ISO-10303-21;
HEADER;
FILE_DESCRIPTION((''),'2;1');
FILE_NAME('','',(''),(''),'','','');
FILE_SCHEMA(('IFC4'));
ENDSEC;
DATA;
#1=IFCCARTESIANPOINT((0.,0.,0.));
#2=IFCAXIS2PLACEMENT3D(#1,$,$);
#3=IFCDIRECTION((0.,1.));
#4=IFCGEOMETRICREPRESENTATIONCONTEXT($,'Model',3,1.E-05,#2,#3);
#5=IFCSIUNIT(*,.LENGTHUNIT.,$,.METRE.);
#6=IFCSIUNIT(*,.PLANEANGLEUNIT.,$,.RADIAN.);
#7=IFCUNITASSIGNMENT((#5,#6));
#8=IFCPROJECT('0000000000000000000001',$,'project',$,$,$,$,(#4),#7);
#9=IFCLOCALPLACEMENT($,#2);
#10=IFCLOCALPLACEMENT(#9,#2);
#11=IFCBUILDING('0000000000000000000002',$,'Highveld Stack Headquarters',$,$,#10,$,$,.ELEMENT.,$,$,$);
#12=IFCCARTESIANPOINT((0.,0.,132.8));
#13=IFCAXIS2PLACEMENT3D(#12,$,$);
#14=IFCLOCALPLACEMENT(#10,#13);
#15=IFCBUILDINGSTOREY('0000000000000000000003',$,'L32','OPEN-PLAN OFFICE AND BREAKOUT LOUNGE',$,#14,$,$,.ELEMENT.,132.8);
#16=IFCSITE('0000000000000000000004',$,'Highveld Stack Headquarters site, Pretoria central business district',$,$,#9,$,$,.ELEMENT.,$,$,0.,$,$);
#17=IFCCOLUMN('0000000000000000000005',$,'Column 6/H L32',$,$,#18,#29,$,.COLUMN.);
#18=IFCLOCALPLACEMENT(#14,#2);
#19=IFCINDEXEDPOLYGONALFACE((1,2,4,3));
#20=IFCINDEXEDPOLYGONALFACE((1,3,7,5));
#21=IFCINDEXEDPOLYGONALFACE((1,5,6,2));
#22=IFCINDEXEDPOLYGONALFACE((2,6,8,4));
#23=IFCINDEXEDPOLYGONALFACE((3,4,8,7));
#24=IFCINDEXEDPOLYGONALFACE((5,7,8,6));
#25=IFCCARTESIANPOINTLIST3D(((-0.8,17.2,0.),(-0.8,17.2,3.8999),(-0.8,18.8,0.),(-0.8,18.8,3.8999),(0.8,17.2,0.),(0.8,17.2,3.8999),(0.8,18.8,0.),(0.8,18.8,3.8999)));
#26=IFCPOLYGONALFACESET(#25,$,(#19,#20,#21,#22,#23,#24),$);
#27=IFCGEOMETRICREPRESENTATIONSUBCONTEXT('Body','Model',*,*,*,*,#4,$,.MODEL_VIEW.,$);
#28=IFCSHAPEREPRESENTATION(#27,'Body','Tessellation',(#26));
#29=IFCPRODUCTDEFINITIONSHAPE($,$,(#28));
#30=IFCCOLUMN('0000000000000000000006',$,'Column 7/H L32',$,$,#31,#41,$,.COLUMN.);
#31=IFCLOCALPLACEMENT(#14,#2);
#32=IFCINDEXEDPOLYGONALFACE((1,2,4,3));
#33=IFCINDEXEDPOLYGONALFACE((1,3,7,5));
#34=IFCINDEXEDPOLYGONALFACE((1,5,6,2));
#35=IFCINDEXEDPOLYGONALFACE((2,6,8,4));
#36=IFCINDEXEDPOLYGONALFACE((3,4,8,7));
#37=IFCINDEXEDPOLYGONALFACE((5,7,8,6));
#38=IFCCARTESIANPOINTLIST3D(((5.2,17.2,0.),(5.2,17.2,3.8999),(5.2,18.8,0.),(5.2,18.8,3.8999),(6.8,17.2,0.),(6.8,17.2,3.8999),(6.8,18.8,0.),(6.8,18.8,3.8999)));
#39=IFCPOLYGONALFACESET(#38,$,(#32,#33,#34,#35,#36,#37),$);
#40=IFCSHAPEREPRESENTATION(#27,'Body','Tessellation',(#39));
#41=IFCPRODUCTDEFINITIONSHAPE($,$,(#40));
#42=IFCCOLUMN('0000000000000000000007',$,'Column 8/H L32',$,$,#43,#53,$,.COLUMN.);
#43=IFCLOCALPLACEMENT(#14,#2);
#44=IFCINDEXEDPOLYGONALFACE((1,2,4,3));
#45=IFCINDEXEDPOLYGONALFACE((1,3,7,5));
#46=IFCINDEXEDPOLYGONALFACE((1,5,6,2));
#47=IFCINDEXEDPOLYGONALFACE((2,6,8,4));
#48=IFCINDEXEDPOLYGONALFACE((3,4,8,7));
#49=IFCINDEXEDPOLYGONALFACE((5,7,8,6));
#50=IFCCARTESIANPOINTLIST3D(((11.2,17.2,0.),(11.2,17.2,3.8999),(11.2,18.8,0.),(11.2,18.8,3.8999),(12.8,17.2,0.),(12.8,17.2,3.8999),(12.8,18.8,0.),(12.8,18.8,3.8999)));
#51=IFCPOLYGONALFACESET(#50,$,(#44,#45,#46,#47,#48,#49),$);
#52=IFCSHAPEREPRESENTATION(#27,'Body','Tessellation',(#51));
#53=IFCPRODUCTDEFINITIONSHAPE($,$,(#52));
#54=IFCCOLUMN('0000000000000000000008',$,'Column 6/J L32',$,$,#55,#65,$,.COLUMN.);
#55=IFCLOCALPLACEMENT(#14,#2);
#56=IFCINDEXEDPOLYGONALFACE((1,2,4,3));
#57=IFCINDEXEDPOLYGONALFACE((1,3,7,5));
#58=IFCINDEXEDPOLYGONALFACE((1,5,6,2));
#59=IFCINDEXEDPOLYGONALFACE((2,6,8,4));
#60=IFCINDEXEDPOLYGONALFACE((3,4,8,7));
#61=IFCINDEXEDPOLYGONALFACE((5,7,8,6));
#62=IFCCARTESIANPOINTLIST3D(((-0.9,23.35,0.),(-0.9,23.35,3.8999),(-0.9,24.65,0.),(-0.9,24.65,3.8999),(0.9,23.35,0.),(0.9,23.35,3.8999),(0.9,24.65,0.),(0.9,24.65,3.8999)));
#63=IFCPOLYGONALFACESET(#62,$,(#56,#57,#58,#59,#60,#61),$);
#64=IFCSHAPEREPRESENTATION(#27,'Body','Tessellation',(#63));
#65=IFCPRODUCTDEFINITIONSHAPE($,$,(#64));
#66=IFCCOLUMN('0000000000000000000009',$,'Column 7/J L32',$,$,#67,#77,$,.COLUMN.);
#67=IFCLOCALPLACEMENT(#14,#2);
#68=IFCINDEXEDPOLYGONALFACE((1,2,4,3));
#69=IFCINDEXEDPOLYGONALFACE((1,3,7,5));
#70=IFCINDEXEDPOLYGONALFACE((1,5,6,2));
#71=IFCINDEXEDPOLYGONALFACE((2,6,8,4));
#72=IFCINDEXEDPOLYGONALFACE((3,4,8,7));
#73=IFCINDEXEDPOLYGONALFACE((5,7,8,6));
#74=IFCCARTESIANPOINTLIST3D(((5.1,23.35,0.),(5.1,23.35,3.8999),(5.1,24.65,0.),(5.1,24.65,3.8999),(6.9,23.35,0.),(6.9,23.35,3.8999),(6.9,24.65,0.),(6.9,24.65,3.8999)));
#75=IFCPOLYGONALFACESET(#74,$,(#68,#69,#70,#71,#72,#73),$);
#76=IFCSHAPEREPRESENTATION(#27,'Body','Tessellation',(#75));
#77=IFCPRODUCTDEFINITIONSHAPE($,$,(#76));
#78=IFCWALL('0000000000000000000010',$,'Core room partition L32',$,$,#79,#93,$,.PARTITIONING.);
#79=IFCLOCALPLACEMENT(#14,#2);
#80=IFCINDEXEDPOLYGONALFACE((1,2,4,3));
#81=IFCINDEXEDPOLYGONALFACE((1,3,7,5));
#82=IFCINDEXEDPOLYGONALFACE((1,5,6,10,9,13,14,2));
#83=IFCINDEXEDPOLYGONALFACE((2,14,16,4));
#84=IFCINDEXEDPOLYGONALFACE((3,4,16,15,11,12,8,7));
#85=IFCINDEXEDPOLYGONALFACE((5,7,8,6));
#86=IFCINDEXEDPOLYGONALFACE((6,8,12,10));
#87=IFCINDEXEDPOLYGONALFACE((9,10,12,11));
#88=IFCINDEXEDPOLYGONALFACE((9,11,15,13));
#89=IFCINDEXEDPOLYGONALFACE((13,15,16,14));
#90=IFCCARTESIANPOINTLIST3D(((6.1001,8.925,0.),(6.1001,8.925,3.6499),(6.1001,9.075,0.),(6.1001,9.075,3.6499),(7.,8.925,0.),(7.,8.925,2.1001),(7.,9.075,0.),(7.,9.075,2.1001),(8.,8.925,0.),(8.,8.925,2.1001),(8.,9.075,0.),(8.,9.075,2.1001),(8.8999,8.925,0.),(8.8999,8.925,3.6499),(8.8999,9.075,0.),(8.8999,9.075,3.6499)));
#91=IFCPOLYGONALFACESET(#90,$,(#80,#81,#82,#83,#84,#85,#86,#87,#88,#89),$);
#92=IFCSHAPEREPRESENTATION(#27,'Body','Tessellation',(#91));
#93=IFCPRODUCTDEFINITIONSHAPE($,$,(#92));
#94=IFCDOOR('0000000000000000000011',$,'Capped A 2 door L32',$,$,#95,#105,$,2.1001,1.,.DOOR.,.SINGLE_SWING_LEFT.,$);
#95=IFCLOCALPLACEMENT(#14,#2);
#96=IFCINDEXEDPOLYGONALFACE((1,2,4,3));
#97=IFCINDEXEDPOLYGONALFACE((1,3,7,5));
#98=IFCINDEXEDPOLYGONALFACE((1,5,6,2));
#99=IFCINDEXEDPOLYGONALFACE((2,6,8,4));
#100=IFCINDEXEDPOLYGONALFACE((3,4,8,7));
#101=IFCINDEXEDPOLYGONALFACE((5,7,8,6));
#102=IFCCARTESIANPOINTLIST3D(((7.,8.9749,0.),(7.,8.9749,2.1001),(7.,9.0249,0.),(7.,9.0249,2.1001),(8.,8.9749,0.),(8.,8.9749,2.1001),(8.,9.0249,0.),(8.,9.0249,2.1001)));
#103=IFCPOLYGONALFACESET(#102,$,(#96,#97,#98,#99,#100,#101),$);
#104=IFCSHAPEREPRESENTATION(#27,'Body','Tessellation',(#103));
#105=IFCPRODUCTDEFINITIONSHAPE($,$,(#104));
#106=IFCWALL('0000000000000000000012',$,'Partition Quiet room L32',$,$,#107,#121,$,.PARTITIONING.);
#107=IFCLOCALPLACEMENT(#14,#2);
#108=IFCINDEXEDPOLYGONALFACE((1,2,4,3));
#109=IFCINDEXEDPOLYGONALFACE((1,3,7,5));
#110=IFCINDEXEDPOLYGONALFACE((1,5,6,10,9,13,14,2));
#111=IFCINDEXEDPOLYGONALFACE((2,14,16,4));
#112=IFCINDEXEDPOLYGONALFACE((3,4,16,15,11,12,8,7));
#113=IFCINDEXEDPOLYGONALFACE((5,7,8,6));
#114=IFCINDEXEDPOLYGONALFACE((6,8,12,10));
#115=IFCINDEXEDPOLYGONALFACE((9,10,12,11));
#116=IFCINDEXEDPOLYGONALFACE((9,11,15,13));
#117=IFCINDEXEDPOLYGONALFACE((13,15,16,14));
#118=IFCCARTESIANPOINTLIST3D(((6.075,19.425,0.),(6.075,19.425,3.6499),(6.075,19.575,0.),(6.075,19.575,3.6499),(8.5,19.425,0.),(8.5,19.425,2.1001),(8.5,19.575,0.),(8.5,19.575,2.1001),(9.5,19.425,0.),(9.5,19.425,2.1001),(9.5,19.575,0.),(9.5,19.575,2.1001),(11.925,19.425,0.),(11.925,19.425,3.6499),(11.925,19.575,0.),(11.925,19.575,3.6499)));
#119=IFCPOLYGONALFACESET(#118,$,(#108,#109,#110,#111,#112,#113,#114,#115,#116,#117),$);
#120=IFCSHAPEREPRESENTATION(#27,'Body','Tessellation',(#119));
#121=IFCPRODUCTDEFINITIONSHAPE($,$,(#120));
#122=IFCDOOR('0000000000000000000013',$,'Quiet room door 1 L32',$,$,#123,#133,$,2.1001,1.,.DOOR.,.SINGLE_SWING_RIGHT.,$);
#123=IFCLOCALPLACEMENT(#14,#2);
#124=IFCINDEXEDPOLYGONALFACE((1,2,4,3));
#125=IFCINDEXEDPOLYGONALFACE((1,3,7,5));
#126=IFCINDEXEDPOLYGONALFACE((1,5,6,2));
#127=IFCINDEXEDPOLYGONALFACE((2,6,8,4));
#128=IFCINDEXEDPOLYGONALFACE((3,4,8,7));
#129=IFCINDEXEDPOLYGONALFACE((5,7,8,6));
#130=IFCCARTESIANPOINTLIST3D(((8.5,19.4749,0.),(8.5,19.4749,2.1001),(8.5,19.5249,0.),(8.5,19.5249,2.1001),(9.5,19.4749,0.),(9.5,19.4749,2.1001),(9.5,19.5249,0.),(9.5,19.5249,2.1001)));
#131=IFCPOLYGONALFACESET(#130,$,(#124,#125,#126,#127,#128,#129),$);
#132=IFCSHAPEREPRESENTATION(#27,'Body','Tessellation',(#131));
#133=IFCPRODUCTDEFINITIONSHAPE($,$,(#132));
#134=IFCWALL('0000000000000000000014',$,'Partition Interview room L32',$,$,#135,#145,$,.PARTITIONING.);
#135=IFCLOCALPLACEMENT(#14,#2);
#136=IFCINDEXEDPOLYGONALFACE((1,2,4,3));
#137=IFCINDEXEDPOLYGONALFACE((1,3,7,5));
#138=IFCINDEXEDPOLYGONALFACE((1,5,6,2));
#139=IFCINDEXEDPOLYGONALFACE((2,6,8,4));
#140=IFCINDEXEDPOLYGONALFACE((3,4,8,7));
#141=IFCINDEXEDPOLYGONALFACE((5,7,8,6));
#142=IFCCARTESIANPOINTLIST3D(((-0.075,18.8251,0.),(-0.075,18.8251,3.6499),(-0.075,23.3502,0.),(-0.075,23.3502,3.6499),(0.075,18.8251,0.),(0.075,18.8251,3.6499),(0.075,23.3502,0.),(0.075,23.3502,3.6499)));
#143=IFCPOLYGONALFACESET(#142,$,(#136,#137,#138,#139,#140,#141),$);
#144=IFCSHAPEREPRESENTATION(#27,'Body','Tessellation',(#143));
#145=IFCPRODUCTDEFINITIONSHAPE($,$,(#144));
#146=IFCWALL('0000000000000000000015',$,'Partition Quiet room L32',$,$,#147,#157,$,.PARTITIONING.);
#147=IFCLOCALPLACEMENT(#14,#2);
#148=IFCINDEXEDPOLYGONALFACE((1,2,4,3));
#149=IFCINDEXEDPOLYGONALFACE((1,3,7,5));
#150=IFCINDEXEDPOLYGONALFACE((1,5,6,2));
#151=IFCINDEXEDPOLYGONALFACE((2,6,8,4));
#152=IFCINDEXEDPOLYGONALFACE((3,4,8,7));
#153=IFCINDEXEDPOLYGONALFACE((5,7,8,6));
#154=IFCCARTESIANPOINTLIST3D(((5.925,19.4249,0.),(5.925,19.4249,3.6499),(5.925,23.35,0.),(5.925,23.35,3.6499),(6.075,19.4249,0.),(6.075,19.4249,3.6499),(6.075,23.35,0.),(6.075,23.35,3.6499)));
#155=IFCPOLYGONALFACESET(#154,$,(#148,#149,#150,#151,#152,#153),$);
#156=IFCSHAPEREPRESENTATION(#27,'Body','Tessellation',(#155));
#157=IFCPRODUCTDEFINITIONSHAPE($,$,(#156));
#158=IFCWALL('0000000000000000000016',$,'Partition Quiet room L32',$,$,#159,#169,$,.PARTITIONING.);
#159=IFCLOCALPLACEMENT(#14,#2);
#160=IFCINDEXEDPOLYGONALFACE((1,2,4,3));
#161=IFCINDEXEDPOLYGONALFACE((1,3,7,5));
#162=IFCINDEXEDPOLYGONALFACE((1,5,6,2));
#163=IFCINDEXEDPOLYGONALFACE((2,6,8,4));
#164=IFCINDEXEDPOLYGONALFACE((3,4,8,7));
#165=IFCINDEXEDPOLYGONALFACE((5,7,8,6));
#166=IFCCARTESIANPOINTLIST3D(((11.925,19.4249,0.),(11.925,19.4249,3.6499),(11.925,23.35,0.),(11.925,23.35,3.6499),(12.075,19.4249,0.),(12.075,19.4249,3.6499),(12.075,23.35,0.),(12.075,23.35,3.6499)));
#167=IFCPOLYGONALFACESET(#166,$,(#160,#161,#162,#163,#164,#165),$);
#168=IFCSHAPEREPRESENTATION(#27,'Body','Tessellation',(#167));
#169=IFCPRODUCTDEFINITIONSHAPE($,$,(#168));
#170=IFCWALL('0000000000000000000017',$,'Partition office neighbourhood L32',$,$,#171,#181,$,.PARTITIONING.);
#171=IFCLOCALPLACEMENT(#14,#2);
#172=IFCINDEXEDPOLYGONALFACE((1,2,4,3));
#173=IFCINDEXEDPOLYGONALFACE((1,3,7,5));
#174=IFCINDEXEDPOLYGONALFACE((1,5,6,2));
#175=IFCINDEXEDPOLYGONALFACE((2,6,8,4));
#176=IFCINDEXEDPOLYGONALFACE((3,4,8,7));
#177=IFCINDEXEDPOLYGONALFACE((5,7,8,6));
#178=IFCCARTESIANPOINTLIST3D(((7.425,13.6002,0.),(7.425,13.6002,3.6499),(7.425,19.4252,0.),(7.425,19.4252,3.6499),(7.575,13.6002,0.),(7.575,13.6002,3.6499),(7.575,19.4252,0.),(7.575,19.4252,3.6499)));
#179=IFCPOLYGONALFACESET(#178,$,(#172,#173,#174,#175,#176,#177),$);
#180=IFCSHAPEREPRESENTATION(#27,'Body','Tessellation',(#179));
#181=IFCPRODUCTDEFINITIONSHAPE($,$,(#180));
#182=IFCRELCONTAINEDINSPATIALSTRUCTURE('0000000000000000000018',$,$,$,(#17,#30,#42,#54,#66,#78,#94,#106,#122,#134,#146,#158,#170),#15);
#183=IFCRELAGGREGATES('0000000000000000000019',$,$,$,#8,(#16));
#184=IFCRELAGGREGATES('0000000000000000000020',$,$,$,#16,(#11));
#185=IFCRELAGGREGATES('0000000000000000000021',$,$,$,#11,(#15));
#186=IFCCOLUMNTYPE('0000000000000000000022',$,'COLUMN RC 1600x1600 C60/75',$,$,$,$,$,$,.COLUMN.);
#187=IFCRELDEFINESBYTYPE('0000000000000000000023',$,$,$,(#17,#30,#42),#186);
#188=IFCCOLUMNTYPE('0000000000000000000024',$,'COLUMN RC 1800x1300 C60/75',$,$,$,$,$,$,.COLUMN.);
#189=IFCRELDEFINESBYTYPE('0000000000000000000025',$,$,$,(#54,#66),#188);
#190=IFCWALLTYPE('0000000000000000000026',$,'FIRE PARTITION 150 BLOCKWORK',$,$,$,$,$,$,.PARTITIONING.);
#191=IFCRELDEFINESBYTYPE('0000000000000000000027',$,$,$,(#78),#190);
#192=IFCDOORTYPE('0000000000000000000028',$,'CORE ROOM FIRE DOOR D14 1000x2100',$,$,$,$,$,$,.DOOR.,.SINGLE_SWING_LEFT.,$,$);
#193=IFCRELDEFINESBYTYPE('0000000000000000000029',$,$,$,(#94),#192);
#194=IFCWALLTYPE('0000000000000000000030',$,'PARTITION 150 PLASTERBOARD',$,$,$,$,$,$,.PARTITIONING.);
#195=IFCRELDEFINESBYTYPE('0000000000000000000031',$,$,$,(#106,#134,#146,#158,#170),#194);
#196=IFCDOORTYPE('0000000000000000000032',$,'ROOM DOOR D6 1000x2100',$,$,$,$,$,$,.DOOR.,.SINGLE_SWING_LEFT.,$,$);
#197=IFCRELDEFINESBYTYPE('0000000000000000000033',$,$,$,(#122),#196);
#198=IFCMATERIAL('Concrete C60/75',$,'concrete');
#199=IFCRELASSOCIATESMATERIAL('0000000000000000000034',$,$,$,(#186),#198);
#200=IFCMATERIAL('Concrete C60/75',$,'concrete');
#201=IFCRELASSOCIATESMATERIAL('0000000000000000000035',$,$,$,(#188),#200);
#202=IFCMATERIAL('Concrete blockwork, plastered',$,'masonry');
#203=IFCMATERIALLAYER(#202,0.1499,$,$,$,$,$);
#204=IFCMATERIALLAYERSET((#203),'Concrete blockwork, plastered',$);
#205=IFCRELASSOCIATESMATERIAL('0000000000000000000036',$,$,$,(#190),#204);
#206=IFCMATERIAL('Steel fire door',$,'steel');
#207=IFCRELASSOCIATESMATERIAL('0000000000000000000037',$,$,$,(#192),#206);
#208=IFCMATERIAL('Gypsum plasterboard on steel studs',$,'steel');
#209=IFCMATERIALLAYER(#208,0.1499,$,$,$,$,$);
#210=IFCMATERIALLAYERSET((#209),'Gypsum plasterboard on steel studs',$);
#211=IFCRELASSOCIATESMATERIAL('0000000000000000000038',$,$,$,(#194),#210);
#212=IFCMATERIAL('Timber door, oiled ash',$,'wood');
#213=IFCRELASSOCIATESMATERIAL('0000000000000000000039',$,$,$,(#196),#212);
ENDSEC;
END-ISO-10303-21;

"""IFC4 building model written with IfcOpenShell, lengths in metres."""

from ifc_helpers import new_model, si_unit, direction, frame, frame_2d, origin, origin_2d, place, context, subcontext, project, spatial, rectangle, extrude, material, layer, layer_set, material_profile, profile_set, type_object, element, fill, save


model = new_model("IFC4")

# Units and contexts
model_context = context("Model", 3, precision=1e-05, world=origin(), true_north=direction((0.0, 1.0)))
body_context = subcontext(model_context, "Body", "Model", "MODEL_VIEW")
ifc_project = project(units=[si_unit("LENGTHUNIT", "METRE"), si_unit("PLANEANGLEUNIT", "RADIAN")], contexts=[model_context])

# Site, building, storey
site_placement = place(None, origin())
site = spatial("IfcSite", under=ifc_project, at=site_placement, Name="Highveld Stack Headquarters site, Pretoria central business district", CompositionType="ELEMENT", RefElevation=0.0)
building_placement = place(site_placement, origin())
building = spatial("IfcBuilding", under=site, at=building_placement, Name="Highveld Stack Headquarters", CompositionType="ELEMENT")
storey_placement = place(building_placement, frame((0.0, 0.0, 132.8)))
storey = spatial("IfcBuildingStorey", under=building, at=storey_placement, Name="L32", Description="OPEN-PLAN OFFICE AND BREAKOUT LOUNGE", CompositionType="ELEMENT", Elevation=132.8)

# Columns
ifc_material_1 = material(Name="Concrete C60/75", Category="concrete")
ifc_material_profile_1 = material_profile(ifc_material_1, rectangle(XDim=1.6001, YDim=1.6001, at=origin_2d()), Name="RC 1600x1600")
ifc_profile_set_1 = profile_set([ifc_material_profile_1], Name="Concrete C60/75")
column_type_1 = type_object("IfcColumnType", Name="COLUMN RC 1600x1600 C60/75", PredefinedType="COLUMN", material=ifc_profile_set_1)
for number, where, z_axis, x_axis, name in (
    (1, (0.0, 18.0, 0.0), (0.0, 0.0, 1.0), (1.0, 0.0, 0.0), "Column 6/H L32"),
    (2, (6.0, 18.0, 0.0), (0.0, 0.0, 1.0), (1.0, 0.0, 0.0), "Column 7/H L32"),
    (3, (12.0, 18.0, 0.0), (0.0, 0.0, 1.0), (1.0, 0.0, 0.0), "Column 8/H L32"),
):
    element("IfcColumn", number, at=place(storey_placement, frame(where, z_axis=z_axis, x_axis=x_axis)), inside=storey, type_object=column_type_1, Name=name, PredefinedType="COLUMN", context=body_context, shape_type="SweptSolid", body=[
        extrude(rectangle(XDim=1.6001, YDim=1.6001, at=origin_2d()), origin(), (0.0, 0.0, 1.0), 3.8999),
    ])
ifc_material_2 = material(Name="Concrete C60/75", Category="concrete")
ifc_material_profile_2 = material_profile(ifc_material_2, rectangle(XDim=1.8, YDim=1.3, at=origin_2d()), Name="RC 1800x1300")
ifc_profile_set_2 = profile_set([ifc_material_profile_2], Name="Concrete C60/75")
column_type_2 = type_object("IfcColumnType", Name="COLUMN RC 1800x1300 C60/75", PredefinedType="COLUMN", material=ifc_profile_set_2)
for number, where, z_axis, x_axis, name in (
    (4, (0.0, 24.0, 0.0), (0.0, 0.0, 1.0), (1.0, 0.0, 0.0), "Column 6/J L32"),
    (5, (6.0, 24.0, 0.0), (0.0, 0.0, 1.0), (1.0, 0.0, 0.0), "Column 7/J L32"),
):
    element("IfcColumn", number, at=place(storey_placement, frame(where, z_axis=z_axis, x_axis=x_axis)), inside=storey, type_object=column_type_2, Name=name, PredefinedType="COLUMN", context=body_context, shape_type="SweptSolid", body=[
        extrude(rectangle(XDim=1.8, YDim=1.3, at=origin_2d()), origin(), (0.0, 0.0, 1.0), 3.8999),
    ])

# Walls, openings, doors
ifc_material_3 = material(Name="Concrete blockwork, plastered", Category="masonry")
ifc_layer_1 = layer(ifc_material_3, 0.1499)
ifc_layer_set_1 = layer_set([ifc_layer_1], Name="Concrete blockwork, plastered")
wall_type_1 = type_object("IfcWallType", Name="FIRE PARTITION 150 BLOCKWORK", PredefinedType="PARTITIONING", material=ifc_layer_set_1)
wall_1_placement = place(storey_placement, frame((6.1001, 9.0, 0.0), z_axis=(0.0, 0.0, 1.0), x_axis=(1.0, 0.0, 0.0)))
wall_1 = element("IfcWall", 6, at=wall_1_placement, inside=storey, type_object=wall_type_1, Name="Core room partition L32", PredefinedType="PARTITIONING", context=body_context, shape_type="SweptSolid", body=[
    extrude(rectangle(XDim=2.7998, YDim=0.1499, at=frame_2d((1.3999, 0.0))), origin(), (0.0, 0.0, 1.0), 3.6499),
])
opening_1_placement = place(wall_1_placement, frame((0.8999, 0.0, 0.0)))
opening_1 = element("IfcOpeningElement", 7, at=opening_1_placement, cuts=wall_1, PredefinedType="OPENING", context=body_context, shape_type="SweptSolid", body=[
    extrude(rectangle(XDim=1.0, YDim=2.1001, at=frame_2d((0.5, 1.05))), frame((0.0, 0.085, 0.0), z_axis=(0.0, -1.0, 0.0), x_axis=(1.0, 0.0, 0.0)), (0.0, 0.0, 1.0), 0.1699),
])
ifc_material_4 = material(Name="Steel fire door", Category="steel")
door_type_1 = type_object("IfcDoorType", Name="CORE ROOM FIRE DOOR D14 1000x2100", OperationType="SINGLE_SWING_LEFT", PredefinedType="DOOR", material=ifc_material_4)
door_1_placement = place(opening_1_placement, origin())
door_1 = element("IfcDoor", 8, at=door_1_placement, inside=storey, type_object=door_type_1, Name="Capped A 2 door L32", OperationType="SINGLE_SWING_LEFT", OverallHeight=2.1001, OverallWidth=1.0, PredefinedType="DOOR", context=body_context, shape_type="SweptSolid", body=[
    extrude(rectangle(XDim=1.0, YDim=2.1001, at=frame_2d((0.5, 1.05))), frame((0.0, 0.0249, 0.0), z_axis=(0.0, -1.0, 0.0), x_axis=(1.0, 0.0, 0.0)), (0.0, 0.0, 1.0), 0.05),
])
fill(opening_1, door_1)
ifc_material_5 = material(Name="Gypsum plasterboard on steel studs", Category="steel")
ifc_layer_2 = layer(ifc_material_5, 0.1499)
ifc_layer_set_2 = layer_set([ifc_layer_2], Name="Gypsum plasterboard on steel studs")
wall_type_2 = type_object("IfcWallType", Name="PARTITION 150 PLASTERBOARD", PredefinedType="PARTITIONING", material=ifc_layer_set_2)
wall_2_placement = place(storey_placement, frame((6.075, 19.5, 0.0), z_axis=(0.0, 0.0, 1.0), x_axis=(1.0, 0.0, 0.0)))
wall_2 = element("IfcWall", 9, at=wall_2_placement, inside=storey, type_object=wall_type_2, Name="Partition Quiet room L32", PredefinedType="PARTITIONING", context=body_context, shape_type="SweptSolid", body=[
    extrude(rectangle(XDim=5.8501, YDim=0.1499, at=frame_2d((2.925, 0.0))), origin(), (0.0, 0.0, 1.0), 3.6499),
])
opening_2_placement = place(wall_2_placement, frame((2.425, 0.0, 0.0)))
opening_2 = element("IfcOpeningElement", 10, at=opening_2_placement, cuts=wall_2, PredefinedType="OPENING", context=body_context, shape_type="SweptSolid", body=[
    extrude(rectangle(XDim=1.0, YDim=2.1001, at=frame_2d((0.5, 1.05))), frame((0.0, 0.085, 0.0), z_axis=(0.0, -1.0, 0.0), x_axis=(1.0, 0.0, 0.0)), (0.0, 0.0, 1.0), 0.1699),
])
ifc_material_6 = material(Name="Timber door, oiled ash", Category="wood")
door_type_2 = type_object("IfcDoorType", Name="ROOM DOOR D6 1000x2100", OperationType="SINGLE_SWING_LEFT", PredefinedType="DOOR", material=ifc_material_6)
door_2_placement = place(opening_2_placement, origin())
door_2 = element("IfcDoor", 11, at=door_2_placement, inside=storey, type_object=door_type_2, Name="Quiet room door 1 L32", OperationType="SINGLE_SWING_RIGHT", OverallHeight=2.1001, OverallWidth=1.0, PredefinedType="DOOR", context=body_context, shape_type="SweptSolid", body=[
    extrude(rectangle(XDim=1.0, YDim=2.1001, at=frame_2d((0.5, 1.05))), frame((0.0, 0.0249, 0.0), z_axis=(0.0, -1.0, 0.0), x_axis=(1.0, 0.0, 0.0)), (0.0, 0.0, 1.0), 0.05),
])
fill(opening_2, door_2)

# Walls
wall_3_placement = place(storey_placement, frame((0.0, 18.825, 0.0), z_axis=(0.0, 0.0, 1.0), x_axis=(0.0, 1.0, 0.0)))
element("IfcWall", 12, at=wall_3_placement, inside=storey, type_object=wall_type_2, Name="Partition Interview room L32", PredefinedType="PARTITIONING", context=body_context, shape_type="SweptSolid", body=[
    extrude(rectangle(XDim=4.5251, YDim=0.1499, at=frame_2d((2.2627, 0.0))), origin(), (0.0, 0.0, 1.0), 3.6499),
])
for number, where, z_axis, x_axis, name in (
    (13, (6.0, 19.425, 0.0), (0.0, 0.0, 1.0), (0.0, 1.0, 0.0), "Partition Quiet room L32"),
    (14, (12.0, 19.425, 0.0), (0.0, 0.0, 1.0), (0.0, 1.0, 0.0), "Partition Quiet room L32"),
):
    element("IfcWall", number, at=place(storey_placement, frame(where, z_axis=z_axis, x_axis=x_axis)), inside=storey, type_object=wall_type_2, Name=name, PredefinedType="PARTITIONING", context=body_context, shape_type="SweptSolid", body=[
        extrude(rectangle(XDim=3.925, YDim=0.1499, at=frame_2d((1.9624, 0.0))), origin(), (0.0, 0.0, 1.0), 3.6499),
    ])
wall_4_placement = place(storey_placement, frame((7.5, 13.6001, 0.0), z_axis=(0.0, 0.0, 1.0), x_axis=(0.0, 1.0, 0.0)))
element("IfcWall", 15, at=wall_4_placement, inside=storey, type_object=wall_type_2, Name="Partition office neighbourhood L32", PredefinedType="PARTITIONING", context=body_context, shape_type="SweptSolid", body=[
    extrude(rectangle(XDim=5.825, YDim=0.1499, at=frame_2d((2.9126, 0.0))), origin(), (0.0, 0.0, 1.0), 3.6499),
])

save(model, "model.ifc")
